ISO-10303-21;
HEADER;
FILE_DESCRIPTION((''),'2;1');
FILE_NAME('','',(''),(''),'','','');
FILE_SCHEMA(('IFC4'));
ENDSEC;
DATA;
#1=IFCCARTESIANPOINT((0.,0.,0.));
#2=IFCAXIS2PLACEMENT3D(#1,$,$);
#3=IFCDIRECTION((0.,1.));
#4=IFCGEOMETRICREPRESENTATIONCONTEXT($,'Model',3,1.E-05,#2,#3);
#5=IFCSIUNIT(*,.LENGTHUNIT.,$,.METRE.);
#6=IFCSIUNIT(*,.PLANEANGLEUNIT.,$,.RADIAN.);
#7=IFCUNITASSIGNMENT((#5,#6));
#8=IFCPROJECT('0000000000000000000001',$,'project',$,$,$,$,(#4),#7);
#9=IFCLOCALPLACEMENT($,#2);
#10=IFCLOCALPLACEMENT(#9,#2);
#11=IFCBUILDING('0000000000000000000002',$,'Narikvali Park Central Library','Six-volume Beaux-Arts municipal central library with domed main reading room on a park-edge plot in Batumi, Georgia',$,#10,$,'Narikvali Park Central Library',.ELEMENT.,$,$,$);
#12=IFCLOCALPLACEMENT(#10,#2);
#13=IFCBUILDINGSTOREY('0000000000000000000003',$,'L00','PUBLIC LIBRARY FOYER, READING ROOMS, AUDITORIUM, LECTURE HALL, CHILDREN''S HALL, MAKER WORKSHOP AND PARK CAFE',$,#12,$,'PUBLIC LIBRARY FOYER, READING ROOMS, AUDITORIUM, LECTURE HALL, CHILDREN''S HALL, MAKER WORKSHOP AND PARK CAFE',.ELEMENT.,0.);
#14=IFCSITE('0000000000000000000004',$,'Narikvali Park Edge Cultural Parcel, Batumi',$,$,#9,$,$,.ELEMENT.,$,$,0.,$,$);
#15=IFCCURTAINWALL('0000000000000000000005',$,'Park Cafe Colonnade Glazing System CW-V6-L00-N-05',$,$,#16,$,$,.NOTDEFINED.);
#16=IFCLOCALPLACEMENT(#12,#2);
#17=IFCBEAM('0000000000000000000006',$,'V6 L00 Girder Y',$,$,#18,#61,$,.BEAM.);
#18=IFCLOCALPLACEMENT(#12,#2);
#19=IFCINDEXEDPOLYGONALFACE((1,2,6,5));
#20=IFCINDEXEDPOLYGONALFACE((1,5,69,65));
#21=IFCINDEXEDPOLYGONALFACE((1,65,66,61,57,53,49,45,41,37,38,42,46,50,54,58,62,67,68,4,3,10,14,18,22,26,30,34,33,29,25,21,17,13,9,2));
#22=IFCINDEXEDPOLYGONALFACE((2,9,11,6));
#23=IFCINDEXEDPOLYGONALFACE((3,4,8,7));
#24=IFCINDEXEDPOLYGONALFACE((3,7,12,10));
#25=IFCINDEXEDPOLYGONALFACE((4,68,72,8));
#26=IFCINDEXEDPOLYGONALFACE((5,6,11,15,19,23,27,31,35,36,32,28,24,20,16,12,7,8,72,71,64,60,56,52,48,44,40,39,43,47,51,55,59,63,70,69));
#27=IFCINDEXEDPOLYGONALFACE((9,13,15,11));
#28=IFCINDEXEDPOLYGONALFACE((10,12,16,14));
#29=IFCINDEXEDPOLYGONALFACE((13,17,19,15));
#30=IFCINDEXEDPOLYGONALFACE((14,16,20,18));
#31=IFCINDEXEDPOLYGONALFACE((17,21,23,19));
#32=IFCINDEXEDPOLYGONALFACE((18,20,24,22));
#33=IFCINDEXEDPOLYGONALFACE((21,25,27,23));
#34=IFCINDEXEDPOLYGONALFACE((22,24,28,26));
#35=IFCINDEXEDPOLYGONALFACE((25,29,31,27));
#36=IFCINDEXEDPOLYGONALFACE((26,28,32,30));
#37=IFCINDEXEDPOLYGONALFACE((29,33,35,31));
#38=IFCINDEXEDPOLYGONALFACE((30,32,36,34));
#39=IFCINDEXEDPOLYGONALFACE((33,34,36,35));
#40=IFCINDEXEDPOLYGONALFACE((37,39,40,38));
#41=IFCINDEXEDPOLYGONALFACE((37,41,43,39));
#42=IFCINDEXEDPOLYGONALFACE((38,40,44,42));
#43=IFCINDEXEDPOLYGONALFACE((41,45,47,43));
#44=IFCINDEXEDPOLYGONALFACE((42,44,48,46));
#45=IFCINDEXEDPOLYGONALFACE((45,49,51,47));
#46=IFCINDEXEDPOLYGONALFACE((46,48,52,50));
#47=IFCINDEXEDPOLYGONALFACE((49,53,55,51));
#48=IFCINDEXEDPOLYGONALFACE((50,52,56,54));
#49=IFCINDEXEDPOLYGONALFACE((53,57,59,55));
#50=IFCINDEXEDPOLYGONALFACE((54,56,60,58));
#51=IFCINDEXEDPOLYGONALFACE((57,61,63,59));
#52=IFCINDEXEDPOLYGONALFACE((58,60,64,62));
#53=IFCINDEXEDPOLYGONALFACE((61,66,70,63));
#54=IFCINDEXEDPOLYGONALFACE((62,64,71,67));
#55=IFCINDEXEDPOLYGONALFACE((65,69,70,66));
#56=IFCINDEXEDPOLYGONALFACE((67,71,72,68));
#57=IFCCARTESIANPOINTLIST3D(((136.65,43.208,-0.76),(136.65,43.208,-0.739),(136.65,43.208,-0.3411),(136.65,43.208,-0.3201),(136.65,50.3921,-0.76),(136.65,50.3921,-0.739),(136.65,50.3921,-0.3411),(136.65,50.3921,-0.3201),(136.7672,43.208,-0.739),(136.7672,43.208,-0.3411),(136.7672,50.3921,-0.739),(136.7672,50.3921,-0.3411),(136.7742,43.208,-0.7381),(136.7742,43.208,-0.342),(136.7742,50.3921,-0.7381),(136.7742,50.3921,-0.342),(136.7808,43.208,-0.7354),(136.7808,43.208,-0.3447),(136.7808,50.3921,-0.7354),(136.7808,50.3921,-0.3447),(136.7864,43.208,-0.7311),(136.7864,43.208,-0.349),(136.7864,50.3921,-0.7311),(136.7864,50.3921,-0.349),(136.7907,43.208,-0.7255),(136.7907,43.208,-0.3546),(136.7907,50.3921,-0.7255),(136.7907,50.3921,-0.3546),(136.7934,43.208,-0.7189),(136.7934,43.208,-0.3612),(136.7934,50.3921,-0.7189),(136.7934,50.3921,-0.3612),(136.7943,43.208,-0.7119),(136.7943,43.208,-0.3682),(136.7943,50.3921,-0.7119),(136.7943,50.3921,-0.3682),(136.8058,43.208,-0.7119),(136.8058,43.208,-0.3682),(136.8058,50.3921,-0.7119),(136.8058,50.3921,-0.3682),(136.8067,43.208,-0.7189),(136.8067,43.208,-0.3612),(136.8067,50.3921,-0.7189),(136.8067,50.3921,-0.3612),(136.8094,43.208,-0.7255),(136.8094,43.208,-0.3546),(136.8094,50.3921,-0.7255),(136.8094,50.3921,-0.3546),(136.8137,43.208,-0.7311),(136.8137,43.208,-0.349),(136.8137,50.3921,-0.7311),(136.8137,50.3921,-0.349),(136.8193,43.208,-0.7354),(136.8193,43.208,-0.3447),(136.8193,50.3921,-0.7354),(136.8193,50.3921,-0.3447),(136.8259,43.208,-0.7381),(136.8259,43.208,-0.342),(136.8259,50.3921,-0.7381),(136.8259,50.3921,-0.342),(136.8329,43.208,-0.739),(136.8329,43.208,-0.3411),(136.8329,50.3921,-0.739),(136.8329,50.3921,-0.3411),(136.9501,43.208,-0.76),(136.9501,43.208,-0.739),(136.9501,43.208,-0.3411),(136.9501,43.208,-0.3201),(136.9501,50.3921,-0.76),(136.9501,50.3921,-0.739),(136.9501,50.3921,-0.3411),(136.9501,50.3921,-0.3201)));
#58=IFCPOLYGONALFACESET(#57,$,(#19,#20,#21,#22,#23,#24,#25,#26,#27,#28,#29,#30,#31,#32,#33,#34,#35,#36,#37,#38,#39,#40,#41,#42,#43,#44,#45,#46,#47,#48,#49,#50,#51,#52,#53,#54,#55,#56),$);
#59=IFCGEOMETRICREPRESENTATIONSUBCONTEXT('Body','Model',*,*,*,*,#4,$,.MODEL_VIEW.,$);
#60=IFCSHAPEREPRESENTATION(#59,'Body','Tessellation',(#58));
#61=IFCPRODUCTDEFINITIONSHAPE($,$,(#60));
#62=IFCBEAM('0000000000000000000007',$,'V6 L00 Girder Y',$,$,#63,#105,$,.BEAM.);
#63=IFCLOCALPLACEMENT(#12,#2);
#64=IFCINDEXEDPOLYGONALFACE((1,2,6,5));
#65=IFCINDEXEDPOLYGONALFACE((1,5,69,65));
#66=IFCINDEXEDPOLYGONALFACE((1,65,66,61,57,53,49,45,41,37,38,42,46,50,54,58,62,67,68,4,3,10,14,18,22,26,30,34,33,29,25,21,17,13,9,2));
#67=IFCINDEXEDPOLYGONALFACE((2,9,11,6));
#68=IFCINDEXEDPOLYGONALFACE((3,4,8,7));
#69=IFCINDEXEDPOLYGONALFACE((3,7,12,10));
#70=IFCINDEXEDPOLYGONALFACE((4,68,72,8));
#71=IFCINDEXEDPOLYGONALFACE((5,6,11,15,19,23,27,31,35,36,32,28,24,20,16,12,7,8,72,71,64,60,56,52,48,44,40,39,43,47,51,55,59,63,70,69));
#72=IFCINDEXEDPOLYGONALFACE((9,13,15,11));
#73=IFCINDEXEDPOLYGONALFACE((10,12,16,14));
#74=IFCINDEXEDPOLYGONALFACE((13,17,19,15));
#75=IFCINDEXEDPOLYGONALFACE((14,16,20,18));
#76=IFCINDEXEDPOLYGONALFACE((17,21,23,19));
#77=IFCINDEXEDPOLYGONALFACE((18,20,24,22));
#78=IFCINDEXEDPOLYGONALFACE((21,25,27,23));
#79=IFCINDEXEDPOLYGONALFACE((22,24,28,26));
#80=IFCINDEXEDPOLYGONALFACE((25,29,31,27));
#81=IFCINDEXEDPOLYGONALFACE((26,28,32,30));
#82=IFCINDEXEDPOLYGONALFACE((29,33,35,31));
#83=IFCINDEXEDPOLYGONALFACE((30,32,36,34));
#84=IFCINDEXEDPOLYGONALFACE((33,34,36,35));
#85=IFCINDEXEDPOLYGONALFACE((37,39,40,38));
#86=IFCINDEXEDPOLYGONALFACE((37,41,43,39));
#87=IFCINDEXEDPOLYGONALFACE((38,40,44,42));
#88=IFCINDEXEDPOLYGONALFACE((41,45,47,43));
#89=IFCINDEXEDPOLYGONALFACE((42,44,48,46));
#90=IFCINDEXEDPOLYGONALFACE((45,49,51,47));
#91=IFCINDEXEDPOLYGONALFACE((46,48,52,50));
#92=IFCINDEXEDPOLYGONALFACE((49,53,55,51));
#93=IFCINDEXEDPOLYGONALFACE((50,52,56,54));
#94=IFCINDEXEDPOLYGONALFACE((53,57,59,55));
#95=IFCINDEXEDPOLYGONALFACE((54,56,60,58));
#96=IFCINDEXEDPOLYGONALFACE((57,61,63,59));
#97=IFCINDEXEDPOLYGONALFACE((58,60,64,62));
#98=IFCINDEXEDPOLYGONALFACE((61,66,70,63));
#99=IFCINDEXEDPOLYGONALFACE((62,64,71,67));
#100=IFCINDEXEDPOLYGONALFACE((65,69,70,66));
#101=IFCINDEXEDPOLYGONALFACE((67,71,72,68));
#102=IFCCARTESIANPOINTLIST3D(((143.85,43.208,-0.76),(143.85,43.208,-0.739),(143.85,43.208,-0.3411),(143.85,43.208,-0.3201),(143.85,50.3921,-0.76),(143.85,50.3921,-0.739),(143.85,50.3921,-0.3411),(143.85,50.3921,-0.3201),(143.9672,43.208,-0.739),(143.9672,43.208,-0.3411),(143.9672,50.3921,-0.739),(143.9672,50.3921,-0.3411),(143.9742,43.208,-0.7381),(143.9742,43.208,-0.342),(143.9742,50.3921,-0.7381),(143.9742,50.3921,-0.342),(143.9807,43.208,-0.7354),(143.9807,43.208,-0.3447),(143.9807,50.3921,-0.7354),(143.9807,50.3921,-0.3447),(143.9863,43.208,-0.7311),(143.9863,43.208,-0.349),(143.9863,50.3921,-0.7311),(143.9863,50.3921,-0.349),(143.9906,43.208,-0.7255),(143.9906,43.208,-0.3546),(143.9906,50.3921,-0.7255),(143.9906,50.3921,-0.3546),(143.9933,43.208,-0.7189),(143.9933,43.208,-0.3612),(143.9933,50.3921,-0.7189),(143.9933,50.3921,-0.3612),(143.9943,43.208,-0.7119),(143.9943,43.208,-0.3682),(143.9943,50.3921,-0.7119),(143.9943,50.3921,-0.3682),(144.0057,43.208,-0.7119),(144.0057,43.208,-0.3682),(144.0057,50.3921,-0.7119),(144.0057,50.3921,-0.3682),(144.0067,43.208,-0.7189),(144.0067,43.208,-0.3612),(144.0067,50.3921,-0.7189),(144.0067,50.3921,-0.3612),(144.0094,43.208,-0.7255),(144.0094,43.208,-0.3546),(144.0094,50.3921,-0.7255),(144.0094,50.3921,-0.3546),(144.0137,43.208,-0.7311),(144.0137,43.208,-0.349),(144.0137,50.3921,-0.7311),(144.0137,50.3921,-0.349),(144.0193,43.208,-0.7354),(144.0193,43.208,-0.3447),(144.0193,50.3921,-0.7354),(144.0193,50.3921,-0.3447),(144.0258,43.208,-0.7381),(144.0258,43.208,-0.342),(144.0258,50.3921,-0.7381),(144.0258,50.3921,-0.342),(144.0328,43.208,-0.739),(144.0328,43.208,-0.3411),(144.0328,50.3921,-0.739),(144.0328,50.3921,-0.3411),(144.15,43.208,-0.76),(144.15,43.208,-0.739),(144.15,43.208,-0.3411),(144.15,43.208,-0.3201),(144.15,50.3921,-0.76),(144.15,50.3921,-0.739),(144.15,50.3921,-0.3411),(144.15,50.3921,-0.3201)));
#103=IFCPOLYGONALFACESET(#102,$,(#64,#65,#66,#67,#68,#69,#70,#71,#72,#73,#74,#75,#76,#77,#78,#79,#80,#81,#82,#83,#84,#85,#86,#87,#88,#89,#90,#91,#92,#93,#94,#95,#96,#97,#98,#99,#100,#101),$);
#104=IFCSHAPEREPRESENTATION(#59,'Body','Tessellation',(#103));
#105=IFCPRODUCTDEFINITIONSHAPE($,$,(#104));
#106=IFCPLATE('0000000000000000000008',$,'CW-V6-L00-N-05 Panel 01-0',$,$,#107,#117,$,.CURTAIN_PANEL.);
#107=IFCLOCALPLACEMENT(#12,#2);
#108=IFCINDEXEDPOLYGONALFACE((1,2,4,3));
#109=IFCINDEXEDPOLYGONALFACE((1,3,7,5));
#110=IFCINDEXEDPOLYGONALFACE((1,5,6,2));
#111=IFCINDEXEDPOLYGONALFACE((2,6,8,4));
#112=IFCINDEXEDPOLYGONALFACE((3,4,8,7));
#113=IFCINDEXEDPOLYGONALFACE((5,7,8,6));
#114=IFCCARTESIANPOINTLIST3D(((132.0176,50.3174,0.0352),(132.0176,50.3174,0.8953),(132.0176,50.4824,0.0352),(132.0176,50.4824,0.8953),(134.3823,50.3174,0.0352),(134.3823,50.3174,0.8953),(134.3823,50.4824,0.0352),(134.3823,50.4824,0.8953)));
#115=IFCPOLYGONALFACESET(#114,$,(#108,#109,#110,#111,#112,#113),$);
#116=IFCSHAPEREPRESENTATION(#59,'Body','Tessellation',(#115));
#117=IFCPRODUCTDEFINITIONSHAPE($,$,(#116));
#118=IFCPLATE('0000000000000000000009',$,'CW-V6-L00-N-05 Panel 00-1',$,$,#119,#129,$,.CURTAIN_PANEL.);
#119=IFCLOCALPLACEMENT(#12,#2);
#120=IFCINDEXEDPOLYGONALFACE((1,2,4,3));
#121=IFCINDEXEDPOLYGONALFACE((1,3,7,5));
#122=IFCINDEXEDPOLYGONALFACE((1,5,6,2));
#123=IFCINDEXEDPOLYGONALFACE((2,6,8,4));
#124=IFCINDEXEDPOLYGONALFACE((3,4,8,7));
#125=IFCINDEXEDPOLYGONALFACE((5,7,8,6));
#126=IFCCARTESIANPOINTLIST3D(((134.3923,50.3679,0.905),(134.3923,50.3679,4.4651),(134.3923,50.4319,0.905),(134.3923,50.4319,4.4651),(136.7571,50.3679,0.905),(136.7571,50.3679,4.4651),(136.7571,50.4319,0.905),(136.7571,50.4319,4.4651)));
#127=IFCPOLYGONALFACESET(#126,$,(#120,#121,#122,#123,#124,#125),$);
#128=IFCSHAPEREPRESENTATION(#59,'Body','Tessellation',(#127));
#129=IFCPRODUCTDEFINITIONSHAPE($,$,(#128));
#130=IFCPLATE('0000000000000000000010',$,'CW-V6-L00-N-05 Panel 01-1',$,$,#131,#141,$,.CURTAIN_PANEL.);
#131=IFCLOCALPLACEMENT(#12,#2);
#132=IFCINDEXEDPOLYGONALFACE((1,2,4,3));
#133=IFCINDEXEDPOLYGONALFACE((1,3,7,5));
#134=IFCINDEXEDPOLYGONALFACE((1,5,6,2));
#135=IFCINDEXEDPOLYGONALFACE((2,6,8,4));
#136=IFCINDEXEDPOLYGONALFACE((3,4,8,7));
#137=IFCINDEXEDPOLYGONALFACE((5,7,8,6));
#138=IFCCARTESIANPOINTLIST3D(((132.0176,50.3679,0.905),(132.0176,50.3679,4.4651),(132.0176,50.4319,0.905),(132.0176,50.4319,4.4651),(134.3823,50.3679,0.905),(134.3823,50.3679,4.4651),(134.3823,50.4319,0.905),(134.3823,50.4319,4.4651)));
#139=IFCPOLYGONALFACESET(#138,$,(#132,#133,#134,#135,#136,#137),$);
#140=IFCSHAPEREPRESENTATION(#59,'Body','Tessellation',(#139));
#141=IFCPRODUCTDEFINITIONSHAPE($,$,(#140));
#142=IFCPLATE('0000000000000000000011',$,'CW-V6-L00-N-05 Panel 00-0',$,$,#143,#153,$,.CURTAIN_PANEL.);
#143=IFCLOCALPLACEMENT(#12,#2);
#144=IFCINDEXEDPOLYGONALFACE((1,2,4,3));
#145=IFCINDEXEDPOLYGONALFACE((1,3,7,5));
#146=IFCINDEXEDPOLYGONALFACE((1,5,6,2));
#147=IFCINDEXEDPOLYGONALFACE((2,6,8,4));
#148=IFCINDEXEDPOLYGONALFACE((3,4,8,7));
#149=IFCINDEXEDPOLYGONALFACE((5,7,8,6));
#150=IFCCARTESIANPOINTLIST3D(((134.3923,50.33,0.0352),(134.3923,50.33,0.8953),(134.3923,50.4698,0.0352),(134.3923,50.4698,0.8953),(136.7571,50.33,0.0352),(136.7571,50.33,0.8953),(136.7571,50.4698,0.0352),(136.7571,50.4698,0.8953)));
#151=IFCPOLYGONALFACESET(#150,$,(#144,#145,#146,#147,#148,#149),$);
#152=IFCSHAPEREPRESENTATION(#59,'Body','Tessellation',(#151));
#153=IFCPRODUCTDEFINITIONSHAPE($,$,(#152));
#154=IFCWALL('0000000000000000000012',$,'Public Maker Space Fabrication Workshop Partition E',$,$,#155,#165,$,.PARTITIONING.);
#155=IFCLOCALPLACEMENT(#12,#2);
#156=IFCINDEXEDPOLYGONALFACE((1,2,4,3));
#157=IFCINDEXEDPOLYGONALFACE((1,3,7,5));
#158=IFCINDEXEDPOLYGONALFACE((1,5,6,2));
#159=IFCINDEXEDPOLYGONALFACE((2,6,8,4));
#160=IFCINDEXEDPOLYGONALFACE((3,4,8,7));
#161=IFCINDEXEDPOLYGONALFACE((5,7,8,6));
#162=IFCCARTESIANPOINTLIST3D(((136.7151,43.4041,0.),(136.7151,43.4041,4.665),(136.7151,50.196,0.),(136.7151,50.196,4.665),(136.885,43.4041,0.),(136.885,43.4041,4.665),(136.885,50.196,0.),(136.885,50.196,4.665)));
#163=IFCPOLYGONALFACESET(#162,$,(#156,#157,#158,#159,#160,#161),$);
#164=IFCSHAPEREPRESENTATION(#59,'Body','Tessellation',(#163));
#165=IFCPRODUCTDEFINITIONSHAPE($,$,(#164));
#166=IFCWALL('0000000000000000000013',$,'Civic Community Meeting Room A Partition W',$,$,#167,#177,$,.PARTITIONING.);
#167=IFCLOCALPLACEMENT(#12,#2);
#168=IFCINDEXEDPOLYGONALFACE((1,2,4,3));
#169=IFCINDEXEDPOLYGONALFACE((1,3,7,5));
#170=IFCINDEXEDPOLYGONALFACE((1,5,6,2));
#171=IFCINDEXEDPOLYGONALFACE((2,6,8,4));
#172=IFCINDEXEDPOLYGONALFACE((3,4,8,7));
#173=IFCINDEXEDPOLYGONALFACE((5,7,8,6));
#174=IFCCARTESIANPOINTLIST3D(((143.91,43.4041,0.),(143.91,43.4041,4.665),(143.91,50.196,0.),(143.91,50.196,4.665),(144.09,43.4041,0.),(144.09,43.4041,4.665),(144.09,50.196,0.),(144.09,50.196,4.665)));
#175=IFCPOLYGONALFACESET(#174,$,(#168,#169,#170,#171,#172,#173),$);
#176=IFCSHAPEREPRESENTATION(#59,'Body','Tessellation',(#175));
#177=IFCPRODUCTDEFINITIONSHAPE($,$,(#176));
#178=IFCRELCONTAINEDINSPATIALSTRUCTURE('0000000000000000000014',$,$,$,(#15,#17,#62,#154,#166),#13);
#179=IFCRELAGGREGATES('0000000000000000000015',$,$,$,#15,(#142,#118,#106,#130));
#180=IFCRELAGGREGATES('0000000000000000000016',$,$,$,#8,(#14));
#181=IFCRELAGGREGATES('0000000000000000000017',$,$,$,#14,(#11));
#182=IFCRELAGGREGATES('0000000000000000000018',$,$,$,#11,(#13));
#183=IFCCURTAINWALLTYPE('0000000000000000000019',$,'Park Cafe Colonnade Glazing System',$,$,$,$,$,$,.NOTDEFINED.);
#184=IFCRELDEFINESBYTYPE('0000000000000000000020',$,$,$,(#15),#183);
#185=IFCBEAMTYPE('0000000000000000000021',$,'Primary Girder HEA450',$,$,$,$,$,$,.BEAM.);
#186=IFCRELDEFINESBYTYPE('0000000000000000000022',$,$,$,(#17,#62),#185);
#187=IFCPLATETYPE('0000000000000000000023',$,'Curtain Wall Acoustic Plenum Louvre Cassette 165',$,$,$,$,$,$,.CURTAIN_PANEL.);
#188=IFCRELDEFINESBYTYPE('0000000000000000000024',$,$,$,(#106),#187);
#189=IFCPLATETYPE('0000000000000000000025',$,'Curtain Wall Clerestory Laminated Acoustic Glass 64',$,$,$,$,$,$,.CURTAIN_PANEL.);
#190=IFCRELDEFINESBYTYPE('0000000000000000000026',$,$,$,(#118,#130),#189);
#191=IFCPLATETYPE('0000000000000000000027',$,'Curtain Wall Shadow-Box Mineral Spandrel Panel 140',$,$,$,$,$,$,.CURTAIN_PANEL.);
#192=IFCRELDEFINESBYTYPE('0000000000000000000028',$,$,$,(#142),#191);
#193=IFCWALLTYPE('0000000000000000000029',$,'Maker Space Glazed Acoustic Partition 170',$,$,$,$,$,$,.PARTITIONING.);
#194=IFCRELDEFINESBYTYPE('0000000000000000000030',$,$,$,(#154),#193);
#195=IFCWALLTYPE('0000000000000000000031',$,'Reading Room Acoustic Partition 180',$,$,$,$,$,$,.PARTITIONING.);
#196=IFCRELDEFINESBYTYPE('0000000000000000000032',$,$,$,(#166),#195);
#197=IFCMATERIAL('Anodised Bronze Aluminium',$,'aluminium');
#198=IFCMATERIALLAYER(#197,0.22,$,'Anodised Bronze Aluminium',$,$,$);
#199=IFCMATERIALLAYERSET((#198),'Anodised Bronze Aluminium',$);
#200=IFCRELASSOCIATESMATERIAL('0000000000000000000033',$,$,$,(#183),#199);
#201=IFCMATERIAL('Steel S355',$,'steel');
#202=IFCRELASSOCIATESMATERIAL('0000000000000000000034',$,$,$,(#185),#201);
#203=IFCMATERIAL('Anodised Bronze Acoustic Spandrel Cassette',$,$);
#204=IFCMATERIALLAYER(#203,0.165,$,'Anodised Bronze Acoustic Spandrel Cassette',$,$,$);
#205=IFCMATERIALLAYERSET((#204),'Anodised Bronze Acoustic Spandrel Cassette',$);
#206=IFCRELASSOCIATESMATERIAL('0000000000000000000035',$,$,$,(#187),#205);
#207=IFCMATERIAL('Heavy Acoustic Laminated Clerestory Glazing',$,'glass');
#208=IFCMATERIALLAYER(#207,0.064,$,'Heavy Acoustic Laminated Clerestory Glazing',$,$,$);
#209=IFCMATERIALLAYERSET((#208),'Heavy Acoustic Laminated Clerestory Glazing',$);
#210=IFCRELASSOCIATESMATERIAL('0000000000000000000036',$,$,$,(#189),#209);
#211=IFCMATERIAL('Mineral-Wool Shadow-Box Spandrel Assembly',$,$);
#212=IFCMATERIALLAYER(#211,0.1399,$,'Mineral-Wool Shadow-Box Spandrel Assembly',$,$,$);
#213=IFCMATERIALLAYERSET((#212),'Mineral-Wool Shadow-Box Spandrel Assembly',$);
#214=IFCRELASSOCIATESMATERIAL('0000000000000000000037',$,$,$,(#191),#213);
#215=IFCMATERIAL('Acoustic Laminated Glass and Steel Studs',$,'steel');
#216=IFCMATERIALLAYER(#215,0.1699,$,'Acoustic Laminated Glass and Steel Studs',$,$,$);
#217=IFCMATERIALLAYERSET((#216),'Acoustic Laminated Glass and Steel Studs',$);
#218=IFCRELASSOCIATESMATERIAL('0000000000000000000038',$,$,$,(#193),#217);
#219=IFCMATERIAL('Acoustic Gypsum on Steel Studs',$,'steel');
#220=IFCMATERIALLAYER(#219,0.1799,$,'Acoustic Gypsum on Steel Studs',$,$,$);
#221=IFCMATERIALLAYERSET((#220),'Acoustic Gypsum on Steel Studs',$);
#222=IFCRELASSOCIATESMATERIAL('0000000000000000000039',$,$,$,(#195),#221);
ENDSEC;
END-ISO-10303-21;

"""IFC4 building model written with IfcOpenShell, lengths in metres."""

from ifc_helpers import new_model, si_unit, direction, frame, frame_2d, origin, origin_2d, place, context, subcontext, project, spatial, rectangle, i_section, extrude, material, layer, layer_set, material_profile, profile_set, type_object, element, aggregate, save


model = new_model("IFC4")

# Units and contexts
model_context = context("Model", 3, precision=1e-05, world=origin(), true_north=direction((0.0, 1.0)))
body_context = subcontext(model_context, "Body", "Model", "MODEL_VIEW")
ifc_project = project(units=[si_unit("LENGTHUNIT", "METRE"), si_unit("PLANEANGLEUNIT", "RADIAN")], contexts=[model_context])

# Site, building, storey
site_placement = place(None, origin())
site = spatial("IfcSite", under=ifc_project, at=site_placement, Name="Narikvali Park Edge Cultural Parcel, Batumi", CompositionType="ELEMENT", RefElevation=0.0)
building_placement = place(site_placement, origin())
building = spatial("IfcBuilding", under=site, at=building_placement, Name="Narikvali Park Central Library", Description="Six-volume Beaux-Arts municipal central library with domed main reading room on a park-edge plot in Batumi, Georgia", LongName="Narikvali Park Central Library", CompositionType="ELEMENT")
storey_placement = place(building_placement, origin())
storey = spatial("IfcBuildingStorey", under=building, at=storey_placement, Name="L00", Description="PUBLIC LIBRARY FOYER, READING ROOMS, AUDITORIUM, LECTURE HALL, CHILDREN'S HALL, MAKER WORKSHOP AND PARK CAFE", LongName="PUBLIC LIBRARY FOYER, READING ROOMS, AUDITORIUM, LECTURE HALL, CHILDREN'S HALL, MAKER WORKSHOP AND PARK CAFE", CompositionType="ELEMENT", Elevation=0.0)

# Shared definitions
ifc_material_1 = material(Name="Steel S355", Category="steel")

# Curtain wall
ifc_material_2 = material(Name="Anodised Bronze Aluminium", Category="aluminium")
ifc_layer_1 = layer(ifc_material_2, 0.22, Name="Anodised Bronze Aluminium")
ifc_layer_set_1 = layer_set([ifc_layer_1], Name="Anodised Bronze Aluminium")
curtain_wall_type = type_object("IfcCurtainWallType", Name="Park Cafe Colonnade Glazing System", PredefinedType="NOTDEFINED", material=ifc_layer_set_1)
curtain_wall_placement = place(storey_placement, origin())
curtain_wall = element("IfcCurtainWall", 1, at=curtain_wall_placement, inside=storey, type_object=curtain_wall_type, Name="Park Cafe Colonnade Glazing System CW-V6-L00-N-05", PredefinedType="NOTDEFINED")

# Beams
ifc_material_profile_1 = material_profile(ifc_material_1, i_section(OverallWidth=0.3, OverallDepth=0.4399, WebThickness=0.0115, FlangeThickness=0.021, FilletRadius=0.0271, at=origin_2d()), Name="HEA 450")
ifc_profile_set_1 = profile_set([ifc_material_profile_1], Name="Steel S355")
beam_type_1 = type_object("IfcBeamType", Name="Primary Girder HEA450", PredefinedType="BEAM", material=ifc_profile_set_1)
for number, where, z_axis, x_axis, name in (
    (2, (136.8, 43.208, -0.54), (0.0, 1.0, 0.0), (-1.0, 0.0, 0.0), "V6 L00 Girder Y"),
    (3, (144.0, 43.208, -0.54), (0.0, 1.0, 0.0), (-1.0, 0.0, 0.0), "V6 L00 Girder Y"),
):
    element("IfcBeam", number, at=place(storey_placement, frame(where, z_axis=z_axis, x_axis=x_axis)), inside=storey, type_object=beam_type_1, Name=name, PredefinedType="BEAM", context=body_context, shape_type="SweptSolid", body=[
        extrude(i_section(OverallWidth=0.3, OverallDepth=0.4399, WebThickness=0.0115, FlangeThickness=0.021, FilletRadius=0.0271, at=origin_2d()), origin(), (0.0, 0.0, 1.0), 7.1841),
    ])

# Plates
ifc_material_3 = material(Name="Anodised Bronze Acoustic Spandrel Cassette")
ifc_layer_2 = layer(ifc_material_3, 0.165, Name="Anodised Bronze Acoustic Spandrel Cassette")
ifc_layer_set_2 = layer_set([ifc_layer_2], Name="Anodised Bronze Acoustic Spandrel Cassette")
plate_type_1 = type_object("IfcPlateType", Name="Curtain Wall Acoustic Plenum Louvre Cassette 165", PredefinedType="CURTAIN_PANEL", material=ifc_layer_set_2)
plate_1_placement = place(storey_placement, frame((133.2, 50.3999, 0.0352), z_axis=(0.0, 0.0, 1.0), x_axis=(-1.0, 0.0, 0.0)))
plate_1 = element("IfcPlate", 4, at=plate_1_placement, type_object=plate_type_1, Name="CW-V6-L00-N-05 Panel 01-0", PredefinedType="CURTAIN_PANEL", context=body_context, shape_type="SweptSolid", body=[
    extrude(rectangle(XDim=2.3647, YDim=0.165, at=origin_2d()), origin(), (0.0, 0.0, 1.0), 0.8601),
])
ifc_material_4 = material(Name="Heavy Acoustic Laminated Clerestory Glazing", Category="glass")
ifc_layer_3 = layer(ifc_material_4, 0.064, Name="Heavy Acoustic Laminated Clerestory Glazing")
ifc_layer_set_3 = layer_set([ifc_layer_3], Name="Heavy Acoustic Laminated Clerestory Glazing")
plate_type_2 = type_object("IfcPlateType", Name="Curtain Wall Clerestory Laminated Acoustic Glass 64", PredefinedType="CURTAIN_PANEL", material=ifc_layer_set_3)
plate_2_placement = place(storey_placement, frame((135.5747, 50.3999, 0.905), z_axis=(0.0, 0.0, 1.0), x_axis=(-1.0, 0.0, 0.0)))
plate_2 = element("IfcPlate", 5, at=plate_2_placement, type_object=plate_type_2, Name="CW-V6-L00-N-05 Panel 00-1", PredefinedType="CURTAIN_PANEL", context=body_context, shape_type="SweptSolid", body=[
    extrude(rectangle(XDim=2.3647, YDim=0.064, at=origin_2d()), origin(), (0.0, 0.0, 1.0), 3.5601),
])
plate_3_placement = place(storey_placement, frame((133.2, 50.3999, 0.905), z_axis=(0.0, 0.0, 1.0), x_axis=(-1.0, 0.0, 0.0)))
plate_3 = element("IfcPlate", 6, at=plate_3_placement, type_object=plate_type_2, Name="CW-V6-L00-N-05 Panel 01-1", PredefinedType="CURTAIN_PANEL", context=body_context, shape_type="SweptSolid", body=[
    extrude(rectangle(XDim=2.3647, YDim=0.064, at=origin_2d()), origin(), (0.0, 0.0, 1.0), 3.5601),
])
ifc_material_5 = material(Name="Mineral-Wool Shadow-Box Spandrel Assembly")
ifc_layer_4 = layer(ifc_material_5, 0.1399, Name="Mineral-Wool Shadow-Box Spandrel Assembly")
ifc_layer_set_4 = layer_set([ifc_layer_4], Name="Mineral-Wool Shadow-Box Spandrel Assembly")
plate_type_3 = type_object("IfcPlateType", Name="Curtain Wall Shadow-Box Mineral Spandrel Panel 140", PredefinedType="CURTAIN_PANEL", material=ifc_layer_set_4)
plate_4_placement = place(storey_placement, frame((135.5747, 50.3999, 0.0352), z_axis=(0.0, 0.0, 1.0), x_axis=(-1.0, 0.0, 0.0)))
plate_4 = element("IfcPlate", 7, at=plate_4_placement, type_object=plate_type_3, Name="CW-V6-L00-N-05 Panel 00-0", PredefinedType="CURTAIN_PANEL", context=body_context, shape_type="SweptSolid", body=[
    extrude(rectangle(XDim=2.3647, YDim=0.1399, at=origin_2d()), origin(), (0.0, 0.0, 1.0), 0.8601),
])
aggregate(curtain_wall, [plate_4, plate_2, plate_1, plate_3])

# Walls
ifc_material_6 = material(Name="Acoustic Laminated Glass and Steel Studs", Category="steel")
ifc_layer_5 = layer(ifc_material_6, 0.1699, Name="Acoustic Laminated Glass and Steel Studs")
ifc_layer_set_5 = layer_set([ifc_layer_5], Name="Acoustic Laminated Glass and Steel Studs")
wall_type_1 = type_object("IfcWallType", Name="Maker Space Glazed Acoustic Partition 170", PredefinedType="PARTITIONING", material=ifc_layer_set_5)
wall_1_placement = place(storey_placement, frame((136.8, 43.4041, 0.0), z_axis=(0.0, 0.0, 1.0), x_axis=(0.0, 1.0, 0.0)))
element("IfcWall", 8, at=wall_1_placement, inside=storey, type_object=wall_type_1, Name="Public Maker Space Fabrication Workshop Partition E", PredefinedType="PARTITIONING", context=body_context, shape_type="SweptSolid", body=[
    extrude(rectangle(XDim=6.792, YDim=0.1699, at=frame_2d((3.396, 0.0))), origin(), (0.0, 0.0, 1.0), 4.665),
])
ifc_material_7 = material(Name="Acoustic Gypsum on Steel Studs", Category="steel")
ifc_layer_6 = layer(ifc_material_7, 0.1799, Name="Acoustic Gypsum on Steel Studs")
ifc_layer_set_6 = layer_set([ifc_layer_6], Name="Acoustic Gypsum on Steel Studs")
wall_type_2 = type_object("IfcWallType", Name="Reading Room Acoustic Partition 180", PredefinedType="PARTITIONING", material=ifc_layer_set_6)
wall_2_placement = place(storey_placement, frame((144.0, 43.4041, 0.0), z_axis=(0.0, 0.0, 1.0), x_axis=(0.0, 1.0, 0.0)))
element("IfcWall", 9, at=wall_2_placement, inside=storey, type_object=wall_type_2, Name="Civic Community Meeting Room A Partition W", PredefinedType="PARTITIONING", context=body_context, shape_type="SweptSolid", body=[
    extrude(rectangle(XDim=6.792, YDim=0.1799, at=frame_2d((3.396, 0.0))), origin(), (0.0, 0.0, 1.0), 4.665),
])

save(model, "model.ifc")
